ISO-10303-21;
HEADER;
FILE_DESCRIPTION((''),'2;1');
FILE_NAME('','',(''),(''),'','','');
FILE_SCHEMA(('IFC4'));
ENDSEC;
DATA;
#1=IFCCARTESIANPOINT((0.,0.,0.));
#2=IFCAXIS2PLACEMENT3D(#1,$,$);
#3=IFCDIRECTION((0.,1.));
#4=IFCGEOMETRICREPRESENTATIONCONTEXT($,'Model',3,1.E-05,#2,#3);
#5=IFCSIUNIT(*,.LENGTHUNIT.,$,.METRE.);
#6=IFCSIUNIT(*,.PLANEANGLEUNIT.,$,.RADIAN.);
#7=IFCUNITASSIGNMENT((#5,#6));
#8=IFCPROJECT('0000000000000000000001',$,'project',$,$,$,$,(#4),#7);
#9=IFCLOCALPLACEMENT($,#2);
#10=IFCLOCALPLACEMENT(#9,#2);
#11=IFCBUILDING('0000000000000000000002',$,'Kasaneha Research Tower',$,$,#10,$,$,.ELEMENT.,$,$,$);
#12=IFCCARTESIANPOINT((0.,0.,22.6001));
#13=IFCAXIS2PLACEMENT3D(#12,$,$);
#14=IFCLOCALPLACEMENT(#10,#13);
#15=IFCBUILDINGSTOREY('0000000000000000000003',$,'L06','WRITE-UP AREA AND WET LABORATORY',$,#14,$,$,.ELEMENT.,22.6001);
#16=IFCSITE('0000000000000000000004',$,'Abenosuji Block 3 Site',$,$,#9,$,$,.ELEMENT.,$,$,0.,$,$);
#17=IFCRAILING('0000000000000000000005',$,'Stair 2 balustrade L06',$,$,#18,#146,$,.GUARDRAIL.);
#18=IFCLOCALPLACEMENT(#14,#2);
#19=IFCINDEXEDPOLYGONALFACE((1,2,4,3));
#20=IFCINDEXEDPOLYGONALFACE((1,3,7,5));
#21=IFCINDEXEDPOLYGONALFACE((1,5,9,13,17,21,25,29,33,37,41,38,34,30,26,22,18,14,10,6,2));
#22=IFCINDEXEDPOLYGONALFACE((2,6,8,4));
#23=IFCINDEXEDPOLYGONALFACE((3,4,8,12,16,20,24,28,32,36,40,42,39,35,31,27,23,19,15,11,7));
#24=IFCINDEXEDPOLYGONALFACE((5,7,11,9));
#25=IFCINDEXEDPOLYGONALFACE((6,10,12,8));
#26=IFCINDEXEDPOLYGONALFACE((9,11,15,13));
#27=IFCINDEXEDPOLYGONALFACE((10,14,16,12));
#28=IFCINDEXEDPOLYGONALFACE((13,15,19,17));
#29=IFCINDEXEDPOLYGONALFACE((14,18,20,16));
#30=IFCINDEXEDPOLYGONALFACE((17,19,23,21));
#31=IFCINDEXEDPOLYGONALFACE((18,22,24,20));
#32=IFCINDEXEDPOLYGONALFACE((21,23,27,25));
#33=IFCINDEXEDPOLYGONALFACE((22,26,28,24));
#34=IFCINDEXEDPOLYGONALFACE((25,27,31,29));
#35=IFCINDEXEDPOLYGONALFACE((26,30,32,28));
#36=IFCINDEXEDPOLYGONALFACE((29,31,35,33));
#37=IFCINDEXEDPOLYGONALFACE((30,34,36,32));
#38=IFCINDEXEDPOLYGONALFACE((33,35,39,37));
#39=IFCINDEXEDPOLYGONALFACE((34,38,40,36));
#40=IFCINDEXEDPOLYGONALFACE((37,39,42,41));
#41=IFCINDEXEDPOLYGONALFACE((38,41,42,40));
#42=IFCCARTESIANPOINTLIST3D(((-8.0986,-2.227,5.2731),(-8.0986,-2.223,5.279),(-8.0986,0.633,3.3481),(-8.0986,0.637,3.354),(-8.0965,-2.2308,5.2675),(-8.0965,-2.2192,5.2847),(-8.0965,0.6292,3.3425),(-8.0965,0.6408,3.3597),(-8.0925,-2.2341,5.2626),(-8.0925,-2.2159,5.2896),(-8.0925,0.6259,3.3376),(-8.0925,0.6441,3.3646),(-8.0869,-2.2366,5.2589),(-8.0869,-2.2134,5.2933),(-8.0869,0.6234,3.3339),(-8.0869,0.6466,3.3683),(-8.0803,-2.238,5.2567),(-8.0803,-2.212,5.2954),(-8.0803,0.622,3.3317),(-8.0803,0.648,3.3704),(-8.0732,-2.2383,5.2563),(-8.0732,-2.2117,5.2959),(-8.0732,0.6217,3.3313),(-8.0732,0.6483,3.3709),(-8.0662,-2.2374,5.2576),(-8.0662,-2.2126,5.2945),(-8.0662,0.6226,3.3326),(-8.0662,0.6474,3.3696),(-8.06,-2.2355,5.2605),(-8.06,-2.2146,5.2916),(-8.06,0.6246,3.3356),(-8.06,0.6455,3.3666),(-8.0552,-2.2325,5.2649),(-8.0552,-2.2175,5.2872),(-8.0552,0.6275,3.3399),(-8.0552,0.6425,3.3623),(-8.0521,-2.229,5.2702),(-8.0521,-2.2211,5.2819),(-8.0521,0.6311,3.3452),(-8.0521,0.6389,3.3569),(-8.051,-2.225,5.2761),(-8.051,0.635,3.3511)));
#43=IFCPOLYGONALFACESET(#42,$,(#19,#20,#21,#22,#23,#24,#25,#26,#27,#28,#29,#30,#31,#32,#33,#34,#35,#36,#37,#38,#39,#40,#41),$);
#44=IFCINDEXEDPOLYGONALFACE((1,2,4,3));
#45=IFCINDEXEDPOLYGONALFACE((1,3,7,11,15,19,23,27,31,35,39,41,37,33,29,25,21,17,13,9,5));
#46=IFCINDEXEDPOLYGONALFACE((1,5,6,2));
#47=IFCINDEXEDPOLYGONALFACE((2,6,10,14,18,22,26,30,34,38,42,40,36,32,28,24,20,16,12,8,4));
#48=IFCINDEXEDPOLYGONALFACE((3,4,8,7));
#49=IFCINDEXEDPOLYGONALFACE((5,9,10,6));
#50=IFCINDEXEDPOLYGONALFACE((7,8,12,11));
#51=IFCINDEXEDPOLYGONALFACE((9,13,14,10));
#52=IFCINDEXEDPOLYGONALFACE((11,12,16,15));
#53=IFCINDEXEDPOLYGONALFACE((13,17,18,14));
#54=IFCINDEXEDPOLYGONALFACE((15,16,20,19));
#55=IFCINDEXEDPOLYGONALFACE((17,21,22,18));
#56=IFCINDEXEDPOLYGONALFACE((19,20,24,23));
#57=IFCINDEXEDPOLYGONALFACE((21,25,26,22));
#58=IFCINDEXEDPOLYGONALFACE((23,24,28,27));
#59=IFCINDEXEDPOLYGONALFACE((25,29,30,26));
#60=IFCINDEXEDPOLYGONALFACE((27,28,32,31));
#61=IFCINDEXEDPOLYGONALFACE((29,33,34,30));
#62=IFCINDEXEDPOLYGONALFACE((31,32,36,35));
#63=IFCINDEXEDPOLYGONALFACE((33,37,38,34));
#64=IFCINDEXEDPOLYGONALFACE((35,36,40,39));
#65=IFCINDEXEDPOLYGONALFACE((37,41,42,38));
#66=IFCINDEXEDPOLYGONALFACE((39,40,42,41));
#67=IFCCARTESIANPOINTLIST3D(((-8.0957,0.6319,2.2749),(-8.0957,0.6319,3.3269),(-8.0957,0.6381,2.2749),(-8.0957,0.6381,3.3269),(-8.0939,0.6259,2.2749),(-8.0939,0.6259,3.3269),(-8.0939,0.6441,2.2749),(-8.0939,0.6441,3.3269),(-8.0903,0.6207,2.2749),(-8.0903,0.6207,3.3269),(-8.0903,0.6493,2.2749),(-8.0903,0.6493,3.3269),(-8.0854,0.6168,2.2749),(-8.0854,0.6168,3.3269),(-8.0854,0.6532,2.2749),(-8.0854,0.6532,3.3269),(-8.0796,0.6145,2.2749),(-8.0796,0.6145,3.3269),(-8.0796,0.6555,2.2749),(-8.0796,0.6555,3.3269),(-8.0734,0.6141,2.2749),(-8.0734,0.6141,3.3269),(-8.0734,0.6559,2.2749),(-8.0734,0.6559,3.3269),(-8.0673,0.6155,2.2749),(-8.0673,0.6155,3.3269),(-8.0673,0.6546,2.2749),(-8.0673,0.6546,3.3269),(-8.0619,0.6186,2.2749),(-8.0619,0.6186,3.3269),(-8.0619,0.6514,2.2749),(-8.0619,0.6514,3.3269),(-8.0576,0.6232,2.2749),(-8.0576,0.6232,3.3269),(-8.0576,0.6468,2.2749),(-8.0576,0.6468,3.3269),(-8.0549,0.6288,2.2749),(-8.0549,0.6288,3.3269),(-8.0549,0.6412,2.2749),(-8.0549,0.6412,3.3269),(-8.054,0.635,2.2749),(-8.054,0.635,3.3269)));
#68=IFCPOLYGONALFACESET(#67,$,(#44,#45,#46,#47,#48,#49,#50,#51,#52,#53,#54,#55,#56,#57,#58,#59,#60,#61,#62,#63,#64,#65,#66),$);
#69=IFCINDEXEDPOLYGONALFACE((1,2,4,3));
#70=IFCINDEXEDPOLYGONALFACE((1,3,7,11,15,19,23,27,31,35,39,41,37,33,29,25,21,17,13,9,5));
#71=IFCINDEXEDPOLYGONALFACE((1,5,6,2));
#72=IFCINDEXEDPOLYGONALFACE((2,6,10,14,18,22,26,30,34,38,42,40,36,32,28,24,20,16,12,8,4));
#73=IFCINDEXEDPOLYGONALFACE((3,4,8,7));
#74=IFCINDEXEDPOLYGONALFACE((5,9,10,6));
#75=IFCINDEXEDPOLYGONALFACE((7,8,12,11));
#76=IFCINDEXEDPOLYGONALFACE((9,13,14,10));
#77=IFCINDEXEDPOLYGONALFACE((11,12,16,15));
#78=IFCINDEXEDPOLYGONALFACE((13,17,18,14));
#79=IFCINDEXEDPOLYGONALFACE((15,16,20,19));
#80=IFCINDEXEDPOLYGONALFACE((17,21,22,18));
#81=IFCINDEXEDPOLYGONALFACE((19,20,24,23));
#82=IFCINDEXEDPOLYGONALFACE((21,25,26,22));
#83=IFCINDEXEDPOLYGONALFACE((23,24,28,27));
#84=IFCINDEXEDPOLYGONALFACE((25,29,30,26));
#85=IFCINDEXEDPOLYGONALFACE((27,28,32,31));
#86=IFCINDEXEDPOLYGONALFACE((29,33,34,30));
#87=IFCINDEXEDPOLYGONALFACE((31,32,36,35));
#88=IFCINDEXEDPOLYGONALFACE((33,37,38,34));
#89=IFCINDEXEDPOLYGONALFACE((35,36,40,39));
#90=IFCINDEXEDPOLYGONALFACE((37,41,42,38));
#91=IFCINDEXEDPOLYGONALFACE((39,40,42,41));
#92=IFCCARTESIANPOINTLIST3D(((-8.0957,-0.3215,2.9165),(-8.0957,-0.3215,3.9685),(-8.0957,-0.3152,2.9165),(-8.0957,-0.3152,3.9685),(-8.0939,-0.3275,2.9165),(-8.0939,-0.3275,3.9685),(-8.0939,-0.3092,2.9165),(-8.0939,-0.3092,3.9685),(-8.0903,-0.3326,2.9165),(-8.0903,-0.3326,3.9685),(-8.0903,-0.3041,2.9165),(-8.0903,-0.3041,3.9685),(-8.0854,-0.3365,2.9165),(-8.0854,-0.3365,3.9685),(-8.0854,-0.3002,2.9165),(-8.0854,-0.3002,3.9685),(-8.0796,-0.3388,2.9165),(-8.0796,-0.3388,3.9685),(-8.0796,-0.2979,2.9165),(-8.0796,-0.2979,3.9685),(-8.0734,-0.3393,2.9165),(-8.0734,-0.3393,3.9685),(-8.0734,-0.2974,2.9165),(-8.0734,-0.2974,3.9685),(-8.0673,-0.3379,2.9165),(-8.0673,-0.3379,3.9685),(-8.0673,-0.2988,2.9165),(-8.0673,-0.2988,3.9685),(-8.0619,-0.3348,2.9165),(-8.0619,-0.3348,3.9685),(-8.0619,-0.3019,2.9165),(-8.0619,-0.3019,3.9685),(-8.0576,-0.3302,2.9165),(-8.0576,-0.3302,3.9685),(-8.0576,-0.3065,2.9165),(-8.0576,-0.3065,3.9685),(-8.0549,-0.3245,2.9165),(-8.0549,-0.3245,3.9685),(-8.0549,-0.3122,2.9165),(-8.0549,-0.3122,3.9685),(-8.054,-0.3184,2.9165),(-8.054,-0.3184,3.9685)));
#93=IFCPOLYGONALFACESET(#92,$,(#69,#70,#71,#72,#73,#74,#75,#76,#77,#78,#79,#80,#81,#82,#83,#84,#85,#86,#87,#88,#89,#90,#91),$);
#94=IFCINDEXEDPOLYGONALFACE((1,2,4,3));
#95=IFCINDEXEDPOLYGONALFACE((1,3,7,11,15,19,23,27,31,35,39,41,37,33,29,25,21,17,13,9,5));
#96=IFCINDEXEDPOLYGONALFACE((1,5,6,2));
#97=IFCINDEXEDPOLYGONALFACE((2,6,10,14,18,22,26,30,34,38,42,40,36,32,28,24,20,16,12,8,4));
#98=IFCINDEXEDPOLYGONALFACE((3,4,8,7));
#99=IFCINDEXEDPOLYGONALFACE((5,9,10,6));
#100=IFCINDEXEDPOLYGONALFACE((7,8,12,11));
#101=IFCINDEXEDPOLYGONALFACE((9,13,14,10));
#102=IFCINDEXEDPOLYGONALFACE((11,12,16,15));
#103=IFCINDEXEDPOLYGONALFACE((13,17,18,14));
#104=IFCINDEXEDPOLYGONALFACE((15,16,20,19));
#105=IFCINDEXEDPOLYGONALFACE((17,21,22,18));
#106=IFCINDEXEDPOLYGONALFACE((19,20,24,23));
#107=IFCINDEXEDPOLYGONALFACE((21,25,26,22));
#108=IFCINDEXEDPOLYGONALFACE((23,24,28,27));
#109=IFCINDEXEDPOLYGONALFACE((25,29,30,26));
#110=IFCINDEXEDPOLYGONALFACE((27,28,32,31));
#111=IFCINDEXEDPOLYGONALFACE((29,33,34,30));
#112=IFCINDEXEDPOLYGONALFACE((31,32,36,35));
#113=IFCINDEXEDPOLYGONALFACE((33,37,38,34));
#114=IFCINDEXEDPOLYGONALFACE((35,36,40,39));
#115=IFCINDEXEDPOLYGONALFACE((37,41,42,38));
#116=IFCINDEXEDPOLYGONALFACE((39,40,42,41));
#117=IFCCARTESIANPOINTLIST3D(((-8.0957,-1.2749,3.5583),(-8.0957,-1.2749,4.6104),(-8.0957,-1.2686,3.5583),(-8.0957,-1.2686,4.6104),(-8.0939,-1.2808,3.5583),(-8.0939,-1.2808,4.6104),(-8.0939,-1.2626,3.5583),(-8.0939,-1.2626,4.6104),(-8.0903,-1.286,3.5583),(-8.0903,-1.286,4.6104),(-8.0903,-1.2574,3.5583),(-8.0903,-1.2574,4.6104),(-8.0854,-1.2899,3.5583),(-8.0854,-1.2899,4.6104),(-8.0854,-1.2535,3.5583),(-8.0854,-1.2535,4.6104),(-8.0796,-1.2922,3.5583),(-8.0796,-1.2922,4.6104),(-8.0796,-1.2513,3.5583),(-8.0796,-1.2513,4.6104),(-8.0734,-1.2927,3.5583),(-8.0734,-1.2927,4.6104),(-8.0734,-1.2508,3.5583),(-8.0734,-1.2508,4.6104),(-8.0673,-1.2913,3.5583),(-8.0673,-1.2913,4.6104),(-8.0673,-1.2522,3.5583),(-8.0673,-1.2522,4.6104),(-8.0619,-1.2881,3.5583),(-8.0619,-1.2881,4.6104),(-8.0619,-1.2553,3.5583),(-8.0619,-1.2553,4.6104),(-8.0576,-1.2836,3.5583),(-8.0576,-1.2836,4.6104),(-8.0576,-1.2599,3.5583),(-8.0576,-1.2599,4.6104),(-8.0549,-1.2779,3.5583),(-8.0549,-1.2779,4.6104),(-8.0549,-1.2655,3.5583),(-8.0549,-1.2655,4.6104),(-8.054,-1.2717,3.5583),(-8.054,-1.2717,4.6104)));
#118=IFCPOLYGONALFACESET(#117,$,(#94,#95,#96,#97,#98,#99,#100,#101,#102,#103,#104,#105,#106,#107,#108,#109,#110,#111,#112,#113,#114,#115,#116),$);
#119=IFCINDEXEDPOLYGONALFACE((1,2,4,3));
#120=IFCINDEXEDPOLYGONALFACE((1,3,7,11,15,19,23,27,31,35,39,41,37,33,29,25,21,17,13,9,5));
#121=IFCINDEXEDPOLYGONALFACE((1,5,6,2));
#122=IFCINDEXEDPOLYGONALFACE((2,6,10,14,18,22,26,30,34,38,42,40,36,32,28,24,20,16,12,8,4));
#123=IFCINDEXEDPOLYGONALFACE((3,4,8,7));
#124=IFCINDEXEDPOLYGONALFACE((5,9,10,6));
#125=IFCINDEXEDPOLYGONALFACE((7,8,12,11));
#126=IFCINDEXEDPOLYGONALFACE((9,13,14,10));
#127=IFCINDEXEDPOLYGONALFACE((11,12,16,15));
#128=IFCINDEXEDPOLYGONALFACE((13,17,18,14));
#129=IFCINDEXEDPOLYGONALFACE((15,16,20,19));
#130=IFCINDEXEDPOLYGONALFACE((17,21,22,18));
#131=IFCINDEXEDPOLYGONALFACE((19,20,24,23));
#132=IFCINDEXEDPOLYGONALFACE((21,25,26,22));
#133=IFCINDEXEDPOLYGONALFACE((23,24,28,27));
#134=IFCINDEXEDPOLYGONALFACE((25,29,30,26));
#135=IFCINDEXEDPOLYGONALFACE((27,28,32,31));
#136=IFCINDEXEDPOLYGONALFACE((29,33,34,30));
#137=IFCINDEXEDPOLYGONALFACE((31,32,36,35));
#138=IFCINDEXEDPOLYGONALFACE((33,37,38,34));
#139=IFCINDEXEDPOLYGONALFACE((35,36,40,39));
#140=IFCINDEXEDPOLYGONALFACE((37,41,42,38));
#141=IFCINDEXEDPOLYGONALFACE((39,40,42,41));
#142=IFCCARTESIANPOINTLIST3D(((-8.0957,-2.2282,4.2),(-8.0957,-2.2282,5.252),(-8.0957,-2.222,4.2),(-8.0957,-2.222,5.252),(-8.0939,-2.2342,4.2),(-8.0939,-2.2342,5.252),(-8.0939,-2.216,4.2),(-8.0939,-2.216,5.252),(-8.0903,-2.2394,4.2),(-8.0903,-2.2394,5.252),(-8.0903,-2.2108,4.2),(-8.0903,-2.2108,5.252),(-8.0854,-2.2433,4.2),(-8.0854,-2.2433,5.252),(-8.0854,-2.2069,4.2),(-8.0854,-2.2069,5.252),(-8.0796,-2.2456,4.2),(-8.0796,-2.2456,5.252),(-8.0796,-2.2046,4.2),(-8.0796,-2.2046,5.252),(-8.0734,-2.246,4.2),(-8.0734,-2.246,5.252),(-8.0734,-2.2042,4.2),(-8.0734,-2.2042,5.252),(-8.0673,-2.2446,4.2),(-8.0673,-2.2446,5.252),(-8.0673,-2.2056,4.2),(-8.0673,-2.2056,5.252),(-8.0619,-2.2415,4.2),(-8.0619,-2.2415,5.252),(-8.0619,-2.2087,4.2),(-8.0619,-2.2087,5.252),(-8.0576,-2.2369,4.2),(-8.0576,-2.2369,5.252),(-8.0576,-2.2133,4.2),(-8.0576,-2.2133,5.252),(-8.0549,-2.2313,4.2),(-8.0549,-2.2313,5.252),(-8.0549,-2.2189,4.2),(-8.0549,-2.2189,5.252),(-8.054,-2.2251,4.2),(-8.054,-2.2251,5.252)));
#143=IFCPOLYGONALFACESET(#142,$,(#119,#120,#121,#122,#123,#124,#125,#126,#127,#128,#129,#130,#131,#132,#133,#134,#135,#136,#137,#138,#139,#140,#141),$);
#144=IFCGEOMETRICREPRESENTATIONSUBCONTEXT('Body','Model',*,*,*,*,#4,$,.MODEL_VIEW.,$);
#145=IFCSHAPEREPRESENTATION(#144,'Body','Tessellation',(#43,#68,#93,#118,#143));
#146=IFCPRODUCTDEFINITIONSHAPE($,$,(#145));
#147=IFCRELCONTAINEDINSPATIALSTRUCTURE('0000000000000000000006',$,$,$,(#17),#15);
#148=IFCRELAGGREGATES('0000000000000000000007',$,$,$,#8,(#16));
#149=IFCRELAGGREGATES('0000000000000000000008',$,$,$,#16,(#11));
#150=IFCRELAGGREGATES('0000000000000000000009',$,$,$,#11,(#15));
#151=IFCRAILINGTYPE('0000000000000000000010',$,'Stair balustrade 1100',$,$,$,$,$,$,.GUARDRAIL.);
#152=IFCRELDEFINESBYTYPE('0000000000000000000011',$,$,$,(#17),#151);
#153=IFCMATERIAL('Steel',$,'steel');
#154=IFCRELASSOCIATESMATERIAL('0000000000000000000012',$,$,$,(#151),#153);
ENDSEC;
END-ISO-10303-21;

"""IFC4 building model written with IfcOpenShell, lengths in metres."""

from ifc_helpers import new_model, si_unit, direction, frame, origin, origin_2d, place, context, subcontext, project, spatial, circle, extrude, material, type_object, element, save


model = new_model("IFC4")

# Units and contexts
model_context = context("Model", 3, precision=1e-05, world=origin(), true_north=direction((0.0, 1.0)))
body_context = subcontext(model_context, "Body", "Model", "MODEL_VIEW")
ifc_project = project(units=[si_unit("LENGTHUNIT", "METRE"), si_unit("PLANEANGLEUNIT", "RADIAN")], contexts=[model_context])

# Site, building, storey
site_placement = place(None, origin())
site = spatial("IfcSite", under=ifc_project, at=site_placement, Name="Abenosuji Block 3 Site", CompositionType="ELEMENT", RefElevation=0.0)
building_placement = place(site_placement, origin())
building = spatial("IfcBuilding", under=site, at=building_placement, Name="Kasaneha Research Tower", CompositionType="ELEMENT")
storey_placement = place(building_placement, frame((0.0, 0.0, 22.6001)))
storey = spatial("IfcBuildingStorey", under=building, at=storey_placement, Name="L06", Description="WRITE-UP AREA AND WET LABORATORY", CompositionType="ELEMENT", Elevation=22.6001)

# Railing
ifc_material_1 = material(Name="Steel", Category="steel")
railing_type_1 = type_object("IfcRailingType", Name="Stair balustrade 1100", PredefinedType="GUARDRAIL", material=ifc_material_1)
railing_1_placement = place(storey_placement, frame((-8.075, 0.635, 2.2749)))
element("IfcRailing", 1, at=railing_1_placement, inside=storey, type_object=railing_type_1, Name="Stair 2 balustrade L06", PredefinedType="GUARDRAIL", context=body_context, shape_type="SweptSolid", body=[
    extrude(circle(Radius=0.0239, at=origin_2d()), frame((0.0, 0.0, 1.0762), z_axis=(0.0, -0.829591, 0.558372), x_axis=(1.0, 0.0, 0.0)), (0.0, 0.0, 1.0), 3.4475),
    extrude(circle(Radius=0.021, at=origin_2d()), origin(), (0.0, 0.0, 1.0), 1.052),
    extrude(circle(Radius=0.021, at=origin_2d()), frame((0.0, -0.9534, 0.6416)), (0.0, 0.0, 1.0), 1.052),
    extrude(circle(Radius=0.021, at=origin_2d()), frame((0.0, -1.9067, 1.2834)), (0.0, 0.0, 1.0), 1.052),
    extrude(circle(Radius=0.021, at=origin_2d()), frame((0.0, -2.8601, 1.925)), (0.0, 0.0, 1.0), 1.052),
])

save(model, "model.ifc")
